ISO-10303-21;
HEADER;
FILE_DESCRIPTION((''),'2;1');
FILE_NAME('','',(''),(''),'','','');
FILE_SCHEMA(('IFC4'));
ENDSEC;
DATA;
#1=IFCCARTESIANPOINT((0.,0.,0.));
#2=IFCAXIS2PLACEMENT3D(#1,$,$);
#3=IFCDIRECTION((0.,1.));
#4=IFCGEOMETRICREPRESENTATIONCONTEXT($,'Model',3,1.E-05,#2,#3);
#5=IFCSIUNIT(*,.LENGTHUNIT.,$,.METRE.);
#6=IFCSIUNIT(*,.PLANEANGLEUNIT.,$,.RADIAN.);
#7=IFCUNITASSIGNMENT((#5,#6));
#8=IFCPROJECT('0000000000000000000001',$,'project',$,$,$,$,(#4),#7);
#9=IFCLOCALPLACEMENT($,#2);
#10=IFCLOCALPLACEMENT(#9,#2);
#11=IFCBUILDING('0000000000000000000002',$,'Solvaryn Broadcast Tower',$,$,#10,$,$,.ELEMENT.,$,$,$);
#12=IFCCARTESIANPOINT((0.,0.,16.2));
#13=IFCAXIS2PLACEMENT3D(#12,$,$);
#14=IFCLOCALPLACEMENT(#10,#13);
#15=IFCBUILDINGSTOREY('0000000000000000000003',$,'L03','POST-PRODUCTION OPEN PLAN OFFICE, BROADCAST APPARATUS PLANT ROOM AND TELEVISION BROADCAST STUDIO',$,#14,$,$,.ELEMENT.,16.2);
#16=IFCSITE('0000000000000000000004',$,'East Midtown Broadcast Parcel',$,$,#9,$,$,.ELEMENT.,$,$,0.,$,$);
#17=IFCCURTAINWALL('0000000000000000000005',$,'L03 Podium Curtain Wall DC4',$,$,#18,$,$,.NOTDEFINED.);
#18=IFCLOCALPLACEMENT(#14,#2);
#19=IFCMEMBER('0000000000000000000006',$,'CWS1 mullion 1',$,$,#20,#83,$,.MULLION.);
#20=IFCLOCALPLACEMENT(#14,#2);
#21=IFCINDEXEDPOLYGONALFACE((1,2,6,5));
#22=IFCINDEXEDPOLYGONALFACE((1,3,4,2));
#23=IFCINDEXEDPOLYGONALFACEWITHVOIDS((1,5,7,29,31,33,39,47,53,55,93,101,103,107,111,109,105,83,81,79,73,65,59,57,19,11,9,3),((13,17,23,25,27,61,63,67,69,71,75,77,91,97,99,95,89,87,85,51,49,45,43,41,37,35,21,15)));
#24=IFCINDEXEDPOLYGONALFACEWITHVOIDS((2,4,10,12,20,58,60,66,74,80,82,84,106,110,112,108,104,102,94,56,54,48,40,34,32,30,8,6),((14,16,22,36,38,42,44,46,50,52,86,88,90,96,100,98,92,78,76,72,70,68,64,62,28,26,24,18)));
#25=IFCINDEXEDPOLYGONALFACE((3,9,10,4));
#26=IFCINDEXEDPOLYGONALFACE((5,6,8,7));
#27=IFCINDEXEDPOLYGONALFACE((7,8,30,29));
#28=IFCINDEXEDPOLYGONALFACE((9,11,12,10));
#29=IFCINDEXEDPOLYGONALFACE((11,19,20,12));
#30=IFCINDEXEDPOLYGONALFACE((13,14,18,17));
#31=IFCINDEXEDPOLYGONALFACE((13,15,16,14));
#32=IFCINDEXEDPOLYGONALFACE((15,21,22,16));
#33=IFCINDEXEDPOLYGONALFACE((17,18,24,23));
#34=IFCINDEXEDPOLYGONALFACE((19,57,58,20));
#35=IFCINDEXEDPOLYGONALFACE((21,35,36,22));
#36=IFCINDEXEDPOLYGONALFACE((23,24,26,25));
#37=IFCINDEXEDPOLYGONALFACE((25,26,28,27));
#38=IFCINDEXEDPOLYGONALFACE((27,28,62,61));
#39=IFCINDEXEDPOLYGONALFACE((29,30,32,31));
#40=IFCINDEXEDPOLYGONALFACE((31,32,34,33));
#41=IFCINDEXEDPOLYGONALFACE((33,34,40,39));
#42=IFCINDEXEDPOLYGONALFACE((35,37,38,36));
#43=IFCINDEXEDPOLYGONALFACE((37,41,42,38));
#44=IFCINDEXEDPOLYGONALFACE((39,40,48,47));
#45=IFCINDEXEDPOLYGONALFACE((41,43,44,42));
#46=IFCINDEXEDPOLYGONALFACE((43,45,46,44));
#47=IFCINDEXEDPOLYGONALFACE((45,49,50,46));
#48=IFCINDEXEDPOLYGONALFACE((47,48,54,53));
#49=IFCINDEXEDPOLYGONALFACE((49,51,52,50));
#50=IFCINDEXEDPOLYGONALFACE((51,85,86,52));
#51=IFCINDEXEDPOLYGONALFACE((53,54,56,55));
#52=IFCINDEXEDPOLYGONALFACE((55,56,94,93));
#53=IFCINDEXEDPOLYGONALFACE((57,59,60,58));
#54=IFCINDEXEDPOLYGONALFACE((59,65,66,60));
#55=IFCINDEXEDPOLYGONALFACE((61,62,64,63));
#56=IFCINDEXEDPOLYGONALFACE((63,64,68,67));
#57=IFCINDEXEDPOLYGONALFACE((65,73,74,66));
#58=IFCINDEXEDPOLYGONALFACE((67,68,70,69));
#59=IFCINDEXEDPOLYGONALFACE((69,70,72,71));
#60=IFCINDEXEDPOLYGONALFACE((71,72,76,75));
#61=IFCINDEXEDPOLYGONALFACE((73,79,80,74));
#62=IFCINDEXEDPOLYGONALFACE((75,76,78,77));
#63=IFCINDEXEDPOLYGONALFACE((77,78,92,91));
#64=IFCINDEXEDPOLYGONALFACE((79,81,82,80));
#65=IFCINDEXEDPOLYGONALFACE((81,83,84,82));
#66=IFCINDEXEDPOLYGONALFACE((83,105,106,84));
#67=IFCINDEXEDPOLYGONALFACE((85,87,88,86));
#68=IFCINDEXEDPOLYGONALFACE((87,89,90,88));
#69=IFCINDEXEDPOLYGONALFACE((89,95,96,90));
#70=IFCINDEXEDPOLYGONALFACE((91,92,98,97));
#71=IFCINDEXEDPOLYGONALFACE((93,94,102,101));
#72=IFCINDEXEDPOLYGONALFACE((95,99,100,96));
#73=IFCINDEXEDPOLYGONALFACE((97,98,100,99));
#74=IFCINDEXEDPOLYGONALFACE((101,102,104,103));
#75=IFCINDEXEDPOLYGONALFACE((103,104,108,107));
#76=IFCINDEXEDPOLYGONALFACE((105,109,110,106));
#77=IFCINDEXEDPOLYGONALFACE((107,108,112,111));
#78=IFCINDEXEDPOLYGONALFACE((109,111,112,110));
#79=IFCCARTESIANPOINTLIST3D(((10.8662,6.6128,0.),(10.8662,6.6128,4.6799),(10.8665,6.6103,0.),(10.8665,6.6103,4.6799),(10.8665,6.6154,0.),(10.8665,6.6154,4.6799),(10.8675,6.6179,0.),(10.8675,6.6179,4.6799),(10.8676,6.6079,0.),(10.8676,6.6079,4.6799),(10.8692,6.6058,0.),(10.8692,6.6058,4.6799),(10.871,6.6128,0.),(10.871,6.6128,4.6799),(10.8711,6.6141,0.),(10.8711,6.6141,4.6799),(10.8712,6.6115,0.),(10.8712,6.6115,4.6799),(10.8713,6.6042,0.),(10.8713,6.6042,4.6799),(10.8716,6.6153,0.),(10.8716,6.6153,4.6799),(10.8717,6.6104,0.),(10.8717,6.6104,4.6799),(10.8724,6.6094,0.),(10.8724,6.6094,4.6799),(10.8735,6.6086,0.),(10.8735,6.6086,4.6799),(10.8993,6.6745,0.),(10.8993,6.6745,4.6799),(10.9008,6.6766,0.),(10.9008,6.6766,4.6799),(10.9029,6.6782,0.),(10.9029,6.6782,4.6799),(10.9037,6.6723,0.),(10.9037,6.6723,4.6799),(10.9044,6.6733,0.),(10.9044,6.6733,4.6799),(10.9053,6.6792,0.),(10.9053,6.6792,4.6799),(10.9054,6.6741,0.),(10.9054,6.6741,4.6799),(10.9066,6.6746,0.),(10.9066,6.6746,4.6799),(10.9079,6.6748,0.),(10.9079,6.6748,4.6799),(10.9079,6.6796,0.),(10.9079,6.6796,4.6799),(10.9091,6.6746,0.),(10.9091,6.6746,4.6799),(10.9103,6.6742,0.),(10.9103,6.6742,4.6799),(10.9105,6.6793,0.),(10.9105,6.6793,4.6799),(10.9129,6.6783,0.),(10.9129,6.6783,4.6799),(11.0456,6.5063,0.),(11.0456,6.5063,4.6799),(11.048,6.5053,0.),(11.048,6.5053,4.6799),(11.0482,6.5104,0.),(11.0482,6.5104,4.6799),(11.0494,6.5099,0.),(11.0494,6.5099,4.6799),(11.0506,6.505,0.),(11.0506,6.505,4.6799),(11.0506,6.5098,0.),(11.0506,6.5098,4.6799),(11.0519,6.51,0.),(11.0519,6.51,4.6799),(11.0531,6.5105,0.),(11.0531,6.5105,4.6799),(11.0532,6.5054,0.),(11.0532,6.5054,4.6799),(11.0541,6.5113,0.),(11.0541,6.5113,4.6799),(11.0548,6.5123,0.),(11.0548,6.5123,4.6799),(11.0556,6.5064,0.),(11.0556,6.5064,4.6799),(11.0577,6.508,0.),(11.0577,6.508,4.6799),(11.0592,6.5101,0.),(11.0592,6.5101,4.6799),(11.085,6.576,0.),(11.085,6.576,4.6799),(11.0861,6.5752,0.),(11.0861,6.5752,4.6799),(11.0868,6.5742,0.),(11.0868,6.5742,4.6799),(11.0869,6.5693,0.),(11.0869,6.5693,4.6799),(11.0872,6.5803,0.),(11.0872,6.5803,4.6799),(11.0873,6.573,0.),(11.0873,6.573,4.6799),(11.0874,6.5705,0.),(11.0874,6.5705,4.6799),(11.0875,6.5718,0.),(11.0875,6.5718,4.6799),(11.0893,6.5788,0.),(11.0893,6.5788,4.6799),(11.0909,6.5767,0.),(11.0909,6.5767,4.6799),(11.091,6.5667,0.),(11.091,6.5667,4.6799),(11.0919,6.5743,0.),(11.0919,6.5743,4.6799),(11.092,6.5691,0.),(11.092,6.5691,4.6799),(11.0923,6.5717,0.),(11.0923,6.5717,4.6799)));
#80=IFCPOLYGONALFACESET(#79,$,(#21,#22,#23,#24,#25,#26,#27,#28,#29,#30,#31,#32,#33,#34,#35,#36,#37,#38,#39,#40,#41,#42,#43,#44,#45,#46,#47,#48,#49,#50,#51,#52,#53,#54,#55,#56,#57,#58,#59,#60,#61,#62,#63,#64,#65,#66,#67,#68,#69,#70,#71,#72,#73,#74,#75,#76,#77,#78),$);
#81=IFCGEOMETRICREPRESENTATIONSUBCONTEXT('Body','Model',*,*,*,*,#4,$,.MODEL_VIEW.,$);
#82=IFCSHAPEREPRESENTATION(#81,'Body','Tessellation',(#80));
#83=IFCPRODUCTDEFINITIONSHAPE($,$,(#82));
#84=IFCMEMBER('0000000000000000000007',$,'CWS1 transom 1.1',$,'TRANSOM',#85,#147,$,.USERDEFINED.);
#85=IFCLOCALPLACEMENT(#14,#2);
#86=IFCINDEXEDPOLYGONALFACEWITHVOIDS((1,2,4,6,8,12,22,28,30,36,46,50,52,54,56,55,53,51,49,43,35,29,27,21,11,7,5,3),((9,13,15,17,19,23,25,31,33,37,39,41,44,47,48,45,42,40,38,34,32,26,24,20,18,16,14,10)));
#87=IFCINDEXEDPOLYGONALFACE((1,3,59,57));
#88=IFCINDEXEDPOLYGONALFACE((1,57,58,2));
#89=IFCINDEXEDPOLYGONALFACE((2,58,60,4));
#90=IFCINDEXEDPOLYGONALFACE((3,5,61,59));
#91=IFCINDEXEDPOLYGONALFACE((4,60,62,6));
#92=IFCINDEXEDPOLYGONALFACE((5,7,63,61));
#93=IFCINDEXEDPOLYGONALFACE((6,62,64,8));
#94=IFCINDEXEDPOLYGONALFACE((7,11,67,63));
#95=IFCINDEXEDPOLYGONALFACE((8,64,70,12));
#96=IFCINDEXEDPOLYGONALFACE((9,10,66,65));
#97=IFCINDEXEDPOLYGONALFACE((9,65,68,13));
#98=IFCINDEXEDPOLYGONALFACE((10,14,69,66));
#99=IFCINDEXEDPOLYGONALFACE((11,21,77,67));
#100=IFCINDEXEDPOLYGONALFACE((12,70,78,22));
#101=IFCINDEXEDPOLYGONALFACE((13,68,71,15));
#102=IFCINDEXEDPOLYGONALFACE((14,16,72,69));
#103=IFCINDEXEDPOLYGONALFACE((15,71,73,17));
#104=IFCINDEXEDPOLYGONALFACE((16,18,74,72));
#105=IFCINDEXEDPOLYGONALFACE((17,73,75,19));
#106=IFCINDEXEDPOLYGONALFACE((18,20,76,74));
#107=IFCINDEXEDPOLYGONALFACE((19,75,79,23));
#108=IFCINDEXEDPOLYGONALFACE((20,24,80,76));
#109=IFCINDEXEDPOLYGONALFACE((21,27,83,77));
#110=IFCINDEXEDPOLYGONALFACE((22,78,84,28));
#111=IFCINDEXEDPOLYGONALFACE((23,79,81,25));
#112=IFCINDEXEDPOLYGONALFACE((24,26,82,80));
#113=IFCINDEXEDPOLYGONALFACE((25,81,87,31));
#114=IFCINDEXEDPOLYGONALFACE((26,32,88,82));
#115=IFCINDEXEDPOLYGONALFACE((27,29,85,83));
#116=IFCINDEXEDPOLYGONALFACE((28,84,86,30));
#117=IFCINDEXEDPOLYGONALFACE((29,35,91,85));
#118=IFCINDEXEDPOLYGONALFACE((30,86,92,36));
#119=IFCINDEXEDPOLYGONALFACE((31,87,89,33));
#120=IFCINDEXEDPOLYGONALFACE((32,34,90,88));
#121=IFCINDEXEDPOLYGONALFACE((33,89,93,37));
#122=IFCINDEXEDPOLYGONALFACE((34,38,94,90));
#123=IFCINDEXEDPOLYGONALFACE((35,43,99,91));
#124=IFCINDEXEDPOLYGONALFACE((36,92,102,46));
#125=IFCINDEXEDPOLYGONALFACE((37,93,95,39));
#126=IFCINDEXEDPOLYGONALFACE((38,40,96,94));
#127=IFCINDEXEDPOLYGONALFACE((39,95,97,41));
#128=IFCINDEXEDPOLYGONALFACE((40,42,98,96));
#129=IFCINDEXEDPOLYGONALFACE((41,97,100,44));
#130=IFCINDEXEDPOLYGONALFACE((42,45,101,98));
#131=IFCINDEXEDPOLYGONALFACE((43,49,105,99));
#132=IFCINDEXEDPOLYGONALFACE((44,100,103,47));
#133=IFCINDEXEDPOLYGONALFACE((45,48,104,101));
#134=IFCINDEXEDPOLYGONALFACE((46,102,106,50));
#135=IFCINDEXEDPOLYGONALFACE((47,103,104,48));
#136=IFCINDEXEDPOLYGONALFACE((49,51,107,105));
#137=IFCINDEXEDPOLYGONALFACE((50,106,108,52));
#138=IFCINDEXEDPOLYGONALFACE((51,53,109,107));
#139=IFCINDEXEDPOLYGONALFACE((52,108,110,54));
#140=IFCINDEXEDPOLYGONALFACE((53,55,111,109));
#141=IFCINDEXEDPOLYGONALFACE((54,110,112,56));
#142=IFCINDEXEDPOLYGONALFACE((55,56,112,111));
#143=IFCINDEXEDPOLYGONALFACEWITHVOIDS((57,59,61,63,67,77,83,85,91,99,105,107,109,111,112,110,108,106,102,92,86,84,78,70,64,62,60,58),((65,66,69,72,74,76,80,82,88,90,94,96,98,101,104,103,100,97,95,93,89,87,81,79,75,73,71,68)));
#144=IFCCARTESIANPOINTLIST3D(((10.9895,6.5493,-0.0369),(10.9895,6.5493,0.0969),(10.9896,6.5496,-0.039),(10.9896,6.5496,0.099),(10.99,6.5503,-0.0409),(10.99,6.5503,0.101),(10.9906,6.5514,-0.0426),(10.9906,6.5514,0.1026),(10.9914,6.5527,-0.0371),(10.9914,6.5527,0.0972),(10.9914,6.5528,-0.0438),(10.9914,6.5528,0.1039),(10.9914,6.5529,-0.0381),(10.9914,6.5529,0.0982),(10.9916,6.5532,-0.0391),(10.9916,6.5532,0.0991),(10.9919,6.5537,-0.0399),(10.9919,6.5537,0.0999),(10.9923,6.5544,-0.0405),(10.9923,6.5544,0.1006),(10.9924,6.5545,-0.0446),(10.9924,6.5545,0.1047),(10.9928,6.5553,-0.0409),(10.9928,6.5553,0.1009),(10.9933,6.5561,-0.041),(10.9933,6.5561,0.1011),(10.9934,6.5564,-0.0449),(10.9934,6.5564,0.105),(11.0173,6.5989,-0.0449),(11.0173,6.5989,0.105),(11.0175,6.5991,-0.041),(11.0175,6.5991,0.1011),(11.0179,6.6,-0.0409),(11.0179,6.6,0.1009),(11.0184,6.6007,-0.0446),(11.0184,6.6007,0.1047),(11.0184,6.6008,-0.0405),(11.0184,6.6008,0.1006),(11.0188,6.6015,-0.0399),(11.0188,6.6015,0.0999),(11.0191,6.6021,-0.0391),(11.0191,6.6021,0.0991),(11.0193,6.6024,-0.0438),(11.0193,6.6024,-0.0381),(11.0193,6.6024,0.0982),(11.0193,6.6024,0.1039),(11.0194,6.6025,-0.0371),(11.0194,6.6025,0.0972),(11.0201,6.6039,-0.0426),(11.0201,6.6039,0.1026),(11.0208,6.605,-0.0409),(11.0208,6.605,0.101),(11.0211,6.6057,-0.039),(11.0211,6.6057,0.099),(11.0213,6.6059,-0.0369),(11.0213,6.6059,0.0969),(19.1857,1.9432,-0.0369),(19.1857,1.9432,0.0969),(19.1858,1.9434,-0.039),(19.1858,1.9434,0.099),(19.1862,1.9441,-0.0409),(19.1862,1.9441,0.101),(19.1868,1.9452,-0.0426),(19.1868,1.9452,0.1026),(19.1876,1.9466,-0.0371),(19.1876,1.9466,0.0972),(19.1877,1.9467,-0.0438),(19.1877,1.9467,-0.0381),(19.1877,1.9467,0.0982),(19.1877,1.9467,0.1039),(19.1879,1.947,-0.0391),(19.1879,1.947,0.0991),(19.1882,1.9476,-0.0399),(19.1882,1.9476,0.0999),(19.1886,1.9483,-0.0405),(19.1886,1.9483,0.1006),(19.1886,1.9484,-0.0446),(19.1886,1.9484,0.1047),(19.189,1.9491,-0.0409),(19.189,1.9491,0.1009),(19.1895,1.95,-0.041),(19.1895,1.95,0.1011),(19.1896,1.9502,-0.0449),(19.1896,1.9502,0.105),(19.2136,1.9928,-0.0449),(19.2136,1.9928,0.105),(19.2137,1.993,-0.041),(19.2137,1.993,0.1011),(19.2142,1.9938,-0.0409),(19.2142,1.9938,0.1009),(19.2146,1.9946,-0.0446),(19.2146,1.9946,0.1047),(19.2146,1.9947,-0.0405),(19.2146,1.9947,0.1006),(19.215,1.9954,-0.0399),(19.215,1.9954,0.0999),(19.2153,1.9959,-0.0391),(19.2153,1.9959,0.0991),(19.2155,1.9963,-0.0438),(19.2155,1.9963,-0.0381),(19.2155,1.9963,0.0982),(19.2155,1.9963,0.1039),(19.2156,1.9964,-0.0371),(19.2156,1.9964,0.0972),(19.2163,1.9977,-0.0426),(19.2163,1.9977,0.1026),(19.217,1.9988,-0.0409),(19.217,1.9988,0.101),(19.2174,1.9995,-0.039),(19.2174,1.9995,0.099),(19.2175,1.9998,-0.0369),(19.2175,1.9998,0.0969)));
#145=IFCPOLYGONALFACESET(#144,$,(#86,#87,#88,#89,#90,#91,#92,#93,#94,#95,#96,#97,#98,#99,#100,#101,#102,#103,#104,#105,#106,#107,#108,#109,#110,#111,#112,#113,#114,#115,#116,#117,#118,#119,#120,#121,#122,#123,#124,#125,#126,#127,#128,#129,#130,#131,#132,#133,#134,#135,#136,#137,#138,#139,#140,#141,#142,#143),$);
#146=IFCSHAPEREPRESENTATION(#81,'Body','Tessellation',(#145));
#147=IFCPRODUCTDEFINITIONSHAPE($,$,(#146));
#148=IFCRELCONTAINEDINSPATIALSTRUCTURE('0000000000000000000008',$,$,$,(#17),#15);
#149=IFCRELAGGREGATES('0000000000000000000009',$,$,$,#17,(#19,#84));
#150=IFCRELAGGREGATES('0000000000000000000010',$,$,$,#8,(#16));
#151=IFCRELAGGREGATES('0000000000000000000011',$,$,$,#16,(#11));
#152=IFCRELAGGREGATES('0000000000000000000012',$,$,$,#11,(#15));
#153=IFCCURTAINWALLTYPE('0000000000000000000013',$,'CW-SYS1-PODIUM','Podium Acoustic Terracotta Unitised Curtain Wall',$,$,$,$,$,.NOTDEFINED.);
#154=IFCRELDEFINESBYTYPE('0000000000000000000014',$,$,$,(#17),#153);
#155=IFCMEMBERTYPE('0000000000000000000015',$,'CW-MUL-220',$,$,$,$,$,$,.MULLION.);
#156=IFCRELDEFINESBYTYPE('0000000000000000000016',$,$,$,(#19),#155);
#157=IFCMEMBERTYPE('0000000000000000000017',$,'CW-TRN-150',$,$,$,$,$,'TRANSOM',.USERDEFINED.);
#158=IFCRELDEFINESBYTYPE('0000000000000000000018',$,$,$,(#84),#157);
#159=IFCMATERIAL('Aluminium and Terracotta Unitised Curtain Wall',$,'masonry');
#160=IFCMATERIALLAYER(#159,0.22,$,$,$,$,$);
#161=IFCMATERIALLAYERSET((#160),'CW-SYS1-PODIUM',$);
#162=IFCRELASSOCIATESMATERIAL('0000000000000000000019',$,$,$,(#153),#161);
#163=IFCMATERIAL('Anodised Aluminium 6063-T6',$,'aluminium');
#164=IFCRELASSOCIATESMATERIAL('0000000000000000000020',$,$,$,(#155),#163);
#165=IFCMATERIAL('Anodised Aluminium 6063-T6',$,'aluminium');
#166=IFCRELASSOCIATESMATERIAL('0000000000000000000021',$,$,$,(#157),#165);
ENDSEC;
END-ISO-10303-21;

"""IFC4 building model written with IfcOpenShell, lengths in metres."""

from ifc_helpers import new_model, si_unit, direction, frame, origin, origin_2d, place, context, subcontext, project, spatial, hollow_rectangle, extrude, material, layer, layer_set, material_profile, profile_set, type_object, element, aggregate, save


model = new_model("IFC4")

# Units and contexts
model_context = context("Model", 3, precision=1e-05, world=origin(), true_north=direction((0.0, 1.0)))
body_context = subcontext(model_context, "Body", "Model", "MODEL_VIEW")
ifc_project = project(units=[si_unit("LENGTHUNIT", "METRE"), si_unit("PLANEANGLEUNIT", "RADIAN")], contexts=[model_context])

# Site, building, storey
site_placement = place(None, origin())
site = spatial("IfcSite", under=ifc_project, at=site_placement, Name="East Midtown Broadcast Parcel", CompositionType="ELEMENT", RefElevation=0.0)
building_placement = place(site_placement, origin())
building = spatial("IfcBuilding", under=site, at=building_placement, Name="Solvaryn Broadcast Tower", CompositionType="ELEMENT")
storey_placement = place(building_placement, frame((0.0, 0.0, 16.2)))
storey = spatial("IfcBuildingStorey", under=building, at=storey_placement, Name="L03", Description="POST-PRODUCTION OPEN PLAN OFFICE, BROADCAST APPARATUS PLANT ROOM AND TELEVISION BROADCAST STUDIO", CompositionType="ELEMENT", Elevation=16.2)

# Shared definitions
ifc_material_1 = material(Name="Aluminium and Terracotta Unitised Curtain Wall", Category="masonry")
ifc_layer_1 = layer(ifc_material_1, 0.22)
ifc_layer_set_1 = layer_set([ifc_layer_1], Name="CW-SYS1-PODIUM")
curtain_wall_type = type_object("IfcCurtainWallType", Name="CW-SYS1-PODIUM", Description="Podium Acoustic Terracotta Unitised Curtain Wall", PredefinedType="NOTDEFINED", material=ifc_layer_set_1)
ifc_material_2 = material(Name="Anodised Aluminium 6063-T6", Category="aluminium")
ifc_material_profile_1 = material_profile(ifc_material_2, hollow_rectangle(XDim=0.085, YDim=0.22, WallThickness=0.0049, InnerFilletRadius=0.0049, OuterFilletRadius=0.01, at=origin_2d()))
ifc_profile_set_1 = profile_set([ifc_material_profile_1], Name="Anodised Aluminium 6063-T6")
member_type_1 = type_object("IfcMemberType", Name="CW-MUL-220", PredefinedType="MULLION", material=ifc_profile_set_1)

# Curtain wall, members
curtain_wall_1_placement = place(storey_placement, origin())
curtain_wall_1 = element("IfcCurtainWall", 1, at=curtain_wall_1_placement, inside=storey, type_object=curtain_wall_type, Name="L03 Podium Curtain Wall DC4", PredefinedType="NOTDEFINED")
member_1_placement = place(storey_placement, frame((10.9792, 6.5923, 0.0), z_axis=(0.0, 0.0, 1.0), x_axis=(0.489917, 0.871769, 0.0)))
member_1 = element("IfcMember", 2, at=member_1_placement, type_object=member_type_1, Name="CWS1 mullion 1", PredefinedType="MULLION", context=body_context, shape_type="SweptSolid", body=[
    extrude(hollow_rectangle(XDim=0.085, YDim=0.22, WallThickness=0.0049, InnerFilletRadius=0.0049, OuterFilletRadius=0.01, at=origin_2d()), origin(), (0.0, 0.0, 1.0), 4.6799),
])
ifc_material_3 = material(Name="Anodised Aluminium 6063-T6", Category="aluminium")
ifc_material_profile_2 = material_profile(ifc_material_3, hollow_rectangle(XDim=0.0649, YDim=0.1499, WallThickness=0.0039, InnerFilletRadius=0.0039, OuterFilletRadius=0.0081, at=origin_2d()))
ifc_profile_set_2 = profile_set([ifc_material_profile_2], Name="Anodised Aluminium 6063-T6")
member_type_2 = type_object("IfcMemberType", Name="CW-TRN-150", ElementType="TRANSOM", PredefinedType="USERDEFINED", material=ifc_profile_set_2)
member_2_placement = place(storey_placement, frame((11.0054, 6.5776, 0.03), z_axis=(0.871767, -0.489921, 0.0), x_axis=(0.489921, 0.871767, 0.0)))
member_2 = element("IfcMember", 3, at=member_2_placement, type_object=member_type_2, Name="CWS1 transom 1.1", ObjectType="TRANSOM", PredefinedType="USERDEFINED", context=body_context, shape_type="SweptSolid", body=[
    extrude(hollow_rectangle(XDim=0.0649, YDim=0.1499, WallThickness=0.0039, InnerFilletRadius=0.0039, OuterFilletRadius=0.0081, at=origin_2d()), origin(), (0.0, 0.0, 1.0), 9.4019),
])
aggregate(curtain_wall_1, [member_1, member_2])

save(model, "model.ifc")
